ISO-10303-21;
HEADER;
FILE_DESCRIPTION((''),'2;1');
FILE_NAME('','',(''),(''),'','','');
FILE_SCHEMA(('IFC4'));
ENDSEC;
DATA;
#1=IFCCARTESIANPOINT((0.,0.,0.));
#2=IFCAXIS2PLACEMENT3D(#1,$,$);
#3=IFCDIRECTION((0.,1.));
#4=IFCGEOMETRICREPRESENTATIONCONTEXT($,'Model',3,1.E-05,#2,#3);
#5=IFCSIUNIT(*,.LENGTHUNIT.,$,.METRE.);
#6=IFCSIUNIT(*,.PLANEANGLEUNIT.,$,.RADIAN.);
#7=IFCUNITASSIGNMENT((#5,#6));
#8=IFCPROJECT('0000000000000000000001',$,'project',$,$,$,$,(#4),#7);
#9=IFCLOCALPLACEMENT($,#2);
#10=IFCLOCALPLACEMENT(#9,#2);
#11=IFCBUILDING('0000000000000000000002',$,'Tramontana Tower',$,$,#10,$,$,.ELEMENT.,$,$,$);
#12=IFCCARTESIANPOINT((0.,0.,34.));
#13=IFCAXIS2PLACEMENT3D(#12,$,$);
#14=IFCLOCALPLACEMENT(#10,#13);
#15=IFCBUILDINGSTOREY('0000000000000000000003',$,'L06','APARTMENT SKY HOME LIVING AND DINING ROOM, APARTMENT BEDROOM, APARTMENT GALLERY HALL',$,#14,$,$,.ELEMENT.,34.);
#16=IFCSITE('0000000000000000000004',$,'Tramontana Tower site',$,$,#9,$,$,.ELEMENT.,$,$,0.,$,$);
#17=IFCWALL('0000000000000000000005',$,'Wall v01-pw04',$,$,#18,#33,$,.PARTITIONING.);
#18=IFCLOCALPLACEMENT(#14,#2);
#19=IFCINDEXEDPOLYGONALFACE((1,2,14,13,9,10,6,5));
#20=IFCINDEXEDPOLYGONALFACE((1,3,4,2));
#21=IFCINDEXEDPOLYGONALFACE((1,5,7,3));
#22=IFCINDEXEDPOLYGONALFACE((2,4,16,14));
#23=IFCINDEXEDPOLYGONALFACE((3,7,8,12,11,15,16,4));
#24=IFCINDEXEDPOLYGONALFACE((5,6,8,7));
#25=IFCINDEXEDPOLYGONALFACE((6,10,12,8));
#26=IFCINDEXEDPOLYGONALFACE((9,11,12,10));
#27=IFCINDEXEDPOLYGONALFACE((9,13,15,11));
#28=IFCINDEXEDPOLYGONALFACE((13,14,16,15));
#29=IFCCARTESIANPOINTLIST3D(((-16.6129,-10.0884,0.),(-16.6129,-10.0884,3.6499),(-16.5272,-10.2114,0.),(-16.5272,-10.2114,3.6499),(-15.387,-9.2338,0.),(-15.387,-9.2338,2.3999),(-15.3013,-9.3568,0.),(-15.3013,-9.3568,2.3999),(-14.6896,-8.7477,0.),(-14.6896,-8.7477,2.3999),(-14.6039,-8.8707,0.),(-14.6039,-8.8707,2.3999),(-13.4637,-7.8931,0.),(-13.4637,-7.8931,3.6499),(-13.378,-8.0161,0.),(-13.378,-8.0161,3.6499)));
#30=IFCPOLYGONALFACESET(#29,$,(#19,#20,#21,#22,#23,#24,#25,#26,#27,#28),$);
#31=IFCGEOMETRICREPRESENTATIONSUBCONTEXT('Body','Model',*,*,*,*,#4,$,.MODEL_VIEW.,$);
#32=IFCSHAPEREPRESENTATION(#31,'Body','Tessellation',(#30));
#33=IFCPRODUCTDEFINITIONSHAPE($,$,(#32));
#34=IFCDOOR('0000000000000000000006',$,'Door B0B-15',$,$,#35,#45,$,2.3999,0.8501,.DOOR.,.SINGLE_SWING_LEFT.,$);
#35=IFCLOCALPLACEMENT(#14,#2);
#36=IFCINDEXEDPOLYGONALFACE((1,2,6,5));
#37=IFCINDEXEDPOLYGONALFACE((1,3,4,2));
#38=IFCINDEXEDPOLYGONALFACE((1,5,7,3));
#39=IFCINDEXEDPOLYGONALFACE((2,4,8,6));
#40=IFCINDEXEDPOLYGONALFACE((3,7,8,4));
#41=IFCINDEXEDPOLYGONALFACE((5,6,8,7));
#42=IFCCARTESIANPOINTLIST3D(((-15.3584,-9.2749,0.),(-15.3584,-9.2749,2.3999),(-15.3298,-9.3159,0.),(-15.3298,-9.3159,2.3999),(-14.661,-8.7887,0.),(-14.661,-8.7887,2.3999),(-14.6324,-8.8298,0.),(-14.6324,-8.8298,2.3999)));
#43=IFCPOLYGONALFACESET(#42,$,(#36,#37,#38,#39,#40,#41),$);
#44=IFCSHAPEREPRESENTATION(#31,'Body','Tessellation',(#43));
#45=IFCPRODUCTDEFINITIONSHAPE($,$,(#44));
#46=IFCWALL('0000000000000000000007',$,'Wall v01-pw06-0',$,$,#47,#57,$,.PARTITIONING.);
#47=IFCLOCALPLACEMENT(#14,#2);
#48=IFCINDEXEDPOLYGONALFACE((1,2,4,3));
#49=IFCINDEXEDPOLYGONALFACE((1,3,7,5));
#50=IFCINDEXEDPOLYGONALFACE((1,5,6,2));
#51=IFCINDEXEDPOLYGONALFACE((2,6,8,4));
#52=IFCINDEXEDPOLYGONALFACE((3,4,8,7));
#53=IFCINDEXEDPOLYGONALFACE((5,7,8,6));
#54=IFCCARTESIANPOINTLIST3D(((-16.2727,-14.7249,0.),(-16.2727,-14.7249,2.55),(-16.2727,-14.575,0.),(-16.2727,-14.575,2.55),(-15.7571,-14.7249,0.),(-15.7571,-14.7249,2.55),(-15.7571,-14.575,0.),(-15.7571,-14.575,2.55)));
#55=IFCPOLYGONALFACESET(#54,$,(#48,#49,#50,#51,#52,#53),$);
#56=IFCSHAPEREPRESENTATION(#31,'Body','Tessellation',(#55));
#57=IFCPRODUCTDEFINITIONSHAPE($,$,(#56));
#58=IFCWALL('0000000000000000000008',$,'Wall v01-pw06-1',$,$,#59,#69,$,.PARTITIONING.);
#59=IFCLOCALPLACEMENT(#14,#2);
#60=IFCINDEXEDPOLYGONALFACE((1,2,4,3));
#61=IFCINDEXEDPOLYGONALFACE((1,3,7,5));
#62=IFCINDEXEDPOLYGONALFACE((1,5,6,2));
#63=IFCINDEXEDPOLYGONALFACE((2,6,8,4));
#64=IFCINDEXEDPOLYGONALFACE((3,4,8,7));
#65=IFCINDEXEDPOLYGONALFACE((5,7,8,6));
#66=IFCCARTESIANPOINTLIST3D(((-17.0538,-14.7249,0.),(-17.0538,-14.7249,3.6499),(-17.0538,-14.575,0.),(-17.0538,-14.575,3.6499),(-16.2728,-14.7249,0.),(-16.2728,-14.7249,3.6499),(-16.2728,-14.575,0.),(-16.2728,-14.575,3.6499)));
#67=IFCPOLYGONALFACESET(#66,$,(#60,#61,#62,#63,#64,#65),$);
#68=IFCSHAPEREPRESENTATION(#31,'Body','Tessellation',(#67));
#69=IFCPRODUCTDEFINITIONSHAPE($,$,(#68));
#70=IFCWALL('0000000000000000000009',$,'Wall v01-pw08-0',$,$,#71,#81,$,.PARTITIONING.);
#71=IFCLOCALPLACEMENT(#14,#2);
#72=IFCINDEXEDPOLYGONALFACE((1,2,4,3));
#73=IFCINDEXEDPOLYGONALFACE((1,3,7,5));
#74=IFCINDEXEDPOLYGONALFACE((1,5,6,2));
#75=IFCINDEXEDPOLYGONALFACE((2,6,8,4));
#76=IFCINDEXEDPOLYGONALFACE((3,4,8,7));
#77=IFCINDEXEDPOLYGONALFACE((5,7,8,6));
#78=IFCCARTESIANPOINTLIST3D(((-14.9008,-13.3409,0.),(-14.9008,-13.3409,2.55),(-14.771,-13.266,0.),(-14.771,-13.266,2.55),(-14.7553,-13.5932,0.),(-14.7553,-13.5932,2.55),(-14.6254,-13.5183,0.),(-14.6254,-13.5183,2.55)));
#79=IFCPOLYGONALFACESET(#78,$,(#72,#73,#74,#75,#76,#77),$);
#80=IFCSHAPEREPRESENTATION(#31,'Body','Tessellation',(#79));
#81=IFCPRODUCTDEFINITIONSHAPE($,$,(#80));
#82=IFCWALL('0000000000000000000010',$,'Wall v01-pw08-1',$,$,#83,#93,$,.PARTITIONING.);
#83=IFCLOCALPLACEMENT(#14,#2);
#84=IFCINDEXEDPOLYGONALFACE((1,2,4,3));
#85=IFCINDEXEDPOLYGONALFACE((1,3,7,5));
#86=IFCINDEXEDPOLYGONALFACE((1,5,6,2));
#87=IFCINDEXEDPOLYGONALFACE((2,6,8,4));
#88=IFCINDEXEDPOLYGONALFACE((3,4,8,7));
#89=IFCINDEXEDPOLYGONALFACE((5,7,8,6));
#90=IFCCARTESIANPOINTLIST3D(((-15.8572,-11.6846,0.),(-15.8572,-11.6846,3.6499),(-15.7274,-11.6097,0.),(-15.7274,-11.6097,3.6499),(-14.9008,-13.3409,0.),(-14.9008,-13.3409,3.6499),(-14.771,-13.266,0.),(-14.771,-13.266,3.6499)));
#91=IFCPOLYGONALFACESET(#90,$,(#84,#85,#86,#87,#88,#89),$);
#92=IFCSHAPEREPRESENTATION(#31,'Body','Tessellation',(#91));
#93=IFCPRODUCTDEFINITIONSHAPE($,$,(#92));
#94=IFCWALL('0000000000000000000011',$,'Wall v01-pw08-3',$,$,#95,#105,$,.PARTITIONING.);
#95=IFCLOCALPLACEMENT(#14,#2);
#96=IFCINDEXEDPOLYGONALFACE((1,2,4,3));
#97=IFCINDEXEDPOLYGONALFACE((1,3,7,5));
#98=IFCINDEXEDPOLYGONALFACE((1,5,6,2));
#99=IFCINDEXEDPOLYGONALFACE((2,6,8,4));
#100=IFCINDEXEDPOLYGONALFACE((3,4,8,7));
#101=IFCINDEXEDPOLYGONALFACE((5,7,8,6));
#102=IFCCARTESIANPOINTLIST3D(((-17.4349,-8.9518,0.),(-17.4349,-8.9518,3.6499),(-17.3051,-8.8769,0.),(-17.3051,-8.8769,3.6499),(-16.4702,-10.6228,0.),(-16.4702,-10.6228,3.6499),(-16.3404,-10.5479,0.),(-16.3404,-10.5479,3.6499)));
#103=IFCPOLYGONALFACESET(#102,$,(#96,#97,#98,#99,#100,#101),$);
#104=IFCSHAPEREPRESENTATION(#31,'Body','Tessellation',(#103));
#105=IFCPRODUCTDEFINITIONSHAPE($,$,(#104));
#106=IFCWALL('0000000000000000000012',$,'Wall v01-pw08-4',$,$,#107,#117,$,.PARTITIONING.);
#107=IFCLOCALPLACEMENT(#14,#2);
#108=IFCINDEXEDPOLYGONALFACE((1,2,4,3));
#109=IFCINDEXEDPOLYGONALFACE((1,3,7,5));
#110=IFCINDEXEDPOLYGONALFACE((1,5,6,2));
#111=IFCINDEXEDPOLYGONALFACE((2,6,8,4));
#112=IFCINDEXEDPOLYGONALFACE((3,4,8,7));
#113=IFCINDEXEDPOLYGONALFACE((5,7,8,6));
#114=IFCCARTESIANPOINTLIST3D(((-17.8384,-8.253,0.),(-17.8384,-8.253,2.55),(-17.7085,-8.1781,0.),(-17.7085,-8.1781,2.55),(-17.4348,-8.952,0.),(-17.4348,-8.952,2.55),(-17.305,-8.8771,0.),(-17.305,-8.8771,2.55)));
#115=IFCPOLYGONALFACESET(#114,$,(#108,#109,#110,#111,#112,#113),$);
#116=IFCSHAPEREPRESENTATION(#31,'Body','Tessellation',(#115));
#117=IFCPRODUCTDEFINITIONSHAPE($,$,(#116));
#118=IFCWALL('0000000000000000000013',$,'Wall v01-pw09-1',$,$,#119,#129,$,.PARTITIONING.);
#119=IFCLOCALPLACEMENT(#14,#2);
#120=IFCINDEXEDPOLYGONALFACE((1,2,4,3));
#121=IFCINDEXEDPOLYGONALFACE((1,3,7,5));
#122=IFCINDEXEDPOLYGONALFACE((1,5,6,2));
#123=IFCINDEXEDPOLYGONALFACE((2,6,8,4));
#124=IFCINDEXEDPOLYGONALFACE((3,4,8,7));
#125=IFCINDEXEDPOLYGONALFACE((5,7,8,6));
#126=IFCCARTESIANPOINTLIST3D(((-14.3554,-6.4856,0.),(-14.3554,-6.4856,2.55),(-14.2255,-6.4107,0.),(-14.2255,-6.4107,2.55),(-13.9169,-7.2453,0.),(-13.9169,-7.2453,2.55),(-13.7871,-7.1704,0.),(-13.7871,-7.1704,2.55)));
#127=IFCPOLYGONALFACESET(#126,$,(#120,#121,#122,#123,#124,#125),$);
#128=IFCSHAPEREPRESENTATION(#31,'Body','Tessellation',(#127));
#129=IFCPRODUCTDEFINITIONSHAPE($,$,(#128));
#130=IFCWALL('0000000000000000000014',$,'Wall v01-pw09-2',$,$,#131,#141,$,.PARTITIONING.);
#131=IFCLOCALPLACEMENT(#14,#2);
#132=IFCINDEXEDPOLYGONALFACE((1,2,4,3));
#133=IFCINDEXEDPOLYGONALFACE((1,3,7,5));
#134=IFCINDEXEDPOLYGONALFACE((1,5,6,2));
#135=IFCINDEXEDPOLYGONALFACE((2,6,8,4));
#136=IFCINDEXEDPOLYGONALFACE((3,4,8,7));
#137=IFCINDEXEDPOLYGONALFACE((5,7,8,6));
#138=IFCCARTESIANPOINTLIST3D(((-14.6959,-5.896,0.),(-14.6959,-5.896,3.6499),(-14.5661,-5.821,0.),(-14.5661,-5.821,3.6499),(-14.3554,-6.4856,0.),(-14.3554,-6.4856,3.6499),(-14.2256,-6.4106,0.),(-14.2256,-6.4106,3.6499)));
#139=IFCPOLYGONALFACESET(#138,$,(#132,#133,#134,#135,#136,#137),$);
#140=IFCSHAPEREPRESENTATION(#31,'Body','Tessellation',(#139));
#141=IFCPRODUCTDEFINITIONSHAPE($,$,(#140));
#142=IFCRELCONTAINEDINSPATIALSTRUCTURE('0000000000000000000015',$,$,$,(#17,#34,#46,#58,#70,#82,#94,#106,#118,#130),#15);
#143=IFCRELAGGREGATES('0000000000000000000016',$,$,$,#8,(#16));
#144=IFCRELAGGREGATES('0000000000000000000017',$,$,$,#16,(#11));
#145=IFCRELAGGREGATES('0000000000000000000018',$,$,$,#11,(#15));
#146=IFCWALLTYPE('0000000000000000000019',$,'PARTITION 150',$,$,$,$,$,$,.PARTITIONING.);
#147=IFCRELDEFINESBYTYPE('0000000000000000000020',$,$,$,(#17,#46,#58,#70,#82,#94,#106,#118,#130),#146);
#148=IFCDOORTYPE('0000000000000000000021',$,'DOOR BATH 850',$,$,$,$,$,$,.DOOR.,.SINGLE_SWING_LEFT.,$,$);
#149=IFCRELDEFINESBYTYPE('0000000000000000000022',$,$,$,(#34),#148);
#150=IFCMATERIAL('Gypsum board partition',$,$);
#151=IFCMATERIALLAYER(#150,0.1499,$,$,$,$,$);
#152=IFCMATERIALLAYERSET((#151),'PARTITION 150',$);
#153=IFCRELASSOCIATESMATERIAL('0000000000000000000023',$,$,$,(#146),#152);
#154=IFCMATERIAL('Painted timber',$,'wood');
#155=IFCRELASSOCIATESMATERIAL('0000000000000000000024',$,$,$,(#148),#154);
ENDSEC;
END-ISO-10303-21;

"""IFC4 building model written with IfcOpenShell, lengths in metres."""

from ifc_helpers import new_model, si_unit, direction, frame, frame_2d, origin, place, context, subcontext, project, spatial, rectangle, extrude, material, layer, layer_set, type_object, element, fill, save


model = new_model("IFC4")

# Units and contexts
model_context = context("Model", 3, precision=1e-05, world=origin(), true_north=direction((0.0, 1.0)))
body_context = subcontext(model_context, "Body", "Model", "MODEL_VIEW")
ifc_project = project(units=[si_unit("LENGTHUNIT", "METRE"), si_unit("PLANEANGLEUNIT", "RADIAN")], contexts=[model_context])

# Site, building, storey
site_placement = place(None, origin())
site = spatial("IfcSite", under=ifc_project, at=site_placement, Name="Tramontana Tower site", CompositionType="ELEMENT", RefElevation=0.0)
building_placement = place(site_placement, origin())
building = spatial("IfcBuilding", under=site, at=building_placement, Name="Tramontana Tower", CompositionType="ELEMENT")
storey_placement = place(building_placement, frame((0.0, 0.0, 34.0)))
storey = spatial("IfcBuildingStorey", under=building, at=storey_placement, Name="L06", Description="APARTMENT SKY HOME LIVING AND DINING ROOM, APARTMENT BEDROOM, APARTMENT GALLERY HALL", CompositionType="ELEMENT", Elevation=34.0)

# Shared definitions
ifc_material_1 = material(Name="Gypsum board partition")
ifc_layer_1 = layer(ifc_material_1, 0.1499)
ifc_layer_set_1 = layer_set([ifc_layer_1], Name="PARTITION 150")
wall_type_1 = type_object("IfcWallType", Name="PARTITION 150", PredefinedType="PARTITIONING", material=ifc_layer_set_1)

# Wall, opening, door
wall_1_placement = place(storey_placement, frame((-16.5701, -10.1499, 0.0), z_axis=(0.0, 0.0, 1.0), x_axis=(0.820345, 0.571869, 0.0)))
wall_1 = element("IfcWall", 1, at=wall_1_placement, inside=storey, type_object=wall_type_1, Name="Wall v01-pw04", PredefinedType="PARTITIONING", context=body_context, shape_type="SweptSolid", body=[
    extrude(rectangle(XDim=3.8389, YDim=0.1499, at=frame_2d((1.9194, 0.0))), origin(), (0.0, 0.0, 1.0), 3.6499),
])
opening_1_placement = place(wall_1_placement, frame((1.4944, 0.0, 0.0)))
opening_1 = element("IfcOpeningElement", 2, at=opening_1_placement, cuts=wall_1, PredefinedType="OPENING", context=body_context, shape_type="SweptSolid", body=[
    extrude(rectangle(XDim=0.8501, YDim=2.3999, at=frame_2d((0.425, 1.2))), frame((0.0, 0.085, 0.0), z_axis=(0.0, -1.0, 0.0), x_axis=(1.0, 0.0, 0.0)), (0.0, 0.0, 1.0), 0.1699),
])
ifc_material_2 = material(Name="Painted timber", Category="wood")
door_type_1 = type_object("IfcDoorType", Name="DOOR BATH 850", OperationType="SINGLE_SWING_LEFT", PredefinedType="DOOR", material=ifc_material_2)
door_1_placement = place(opening_1_placement, origin())
door_1 = element("IfcDoor", 3, at=door_1_placement, inside=storey, type_object=door_type_1, Name="Door B0B-15", OperationType="SINGLE_SWING_LEFT", OverallHeight=2.3999, OverallWidth=0.8501, PredefinedType="DOOR", context=body_context, shape_type="SweptSolid", body=[
    extrude(rectangle(XDim=0.8501, YDim=2.3999, at=frame_2d((0.425, 1.2))), frame((0.0, 0.0249, 0.0), z_axis=(0.0, -1.0, 0.0), x_axis=(1.0, 0.0, 0.0)), (0.0, 0.0, 1.0), 0.05),
])
fill(opening_1, door_1)

# Walls
wall_2_placement = place(storey_placement, frame((-15.7571, -14.6499, 0.0), z_axis=(0.0, 0.0, 1.0), x_axis=(-1.0, 0.0, 0.0)))
element("IfcWall", 4, at=wall_2_placement, inside=storey, type_object=wall_type_1, Name="Wall v01-pw06-0", PredefinedType="PARTITIONING", context=body_context, shape_type="SweptSolid", body=[
    extrude(rectangle(XDim=0.5156, YDim=0.1499, at=frame_2d((0.2578, 0.0))), origin(), (0.0, 0.0, 1.0), 2.55),
])
wall_3_placement = place(storey_placement, frame((-16.2727, -14.6499, 0.0), z_axis=(0.0, 0.0, 1.0), x_axis=(-1.0, 0.0, 0.0)))
element("IfcWall", 5, at=wall_3_placement, inside=storey, type_object=wall_type_1, Name="Wall v01-pw06-1", PredefinedType="PARTITIONING", context=body_context, shape_type="SweptSolid", body=[
    extrude(rectangle(XDim=0.781, YDim=0.1499, at=frame_2d((0.3906, 0.0))), origin(), (0.0, 0.0, 1.0), 3.6499),
])

# Walls
wall_4_placement = place(storey_placement, frame((-14.6904, -13.5557, 0.0), z_axis=(0.0, 0.0, 1.0), x_axis=(-0.499747, 0.866172, 0.0)))
element("IfcWall", 6, at=wall_4_placement, inside=storey, type_object=wall_type_1, Name="Wall v01-pw08-0", PredefinedType="PARTITIONING", context=body_context, shape_type="SweptSolid", body=[
    extrude(rectangle(XDim=0.2913, YDim=0.1499, at=frame_2d((0.1455, 0.0))), origin(), (0.0, 0.0, 1.0), 2.55),
])
wall_5_placement = place(storey_placement, frame((-14.8359, -13.3035, 0.0), z_axis=(0.0, 0.0, 1.0), x_axis=(-0.500024, 0.866011, 0.0)))
element("IfcWall", 7, at=wall_5_placement, inside=storey, type_object=wall_type_1, Name="Wall v01-pw08-1", PredefinedType="PARTITIONING", context=body_context, shape_type="SweptSolid", body=[
    extrude(rectangle(XDim=1.9126, YDim=0.1499, at=frame_2d((0.9563, 0.0))), origin(), (0.0, 0.0, 1.0), 3.6499),
])

# Walls
wall_6_placement = place(storey_placement, frame((-16.4053, -10.5854, 0.0), z_axis=(0.0, 0.0, 1.0), x_axis=(-0.499963, 0.866047, 0.0)))
element("IfcWall", 8, at=wall_6_placement, inside=storey, type_object=wall_type_1, Name="Wall v01-pw08-3", PredefinedType="PARTITIONING", context=body_context, shape_type="SweptSolid", body=[
    extrude(rectangle(XDim=1.9294, YDim=0.1499, at=frame_2d((0.9648, 0.0))), origin(), (0.0, 0.0, 1.0), 3.6499),
])
wall_7_placement = place(storey_placement, frame((-17.3699, -8.9146, 0.0), z_axis=(0.0, 0.0, 1.0), x_axis=(-0.50001, 0.866019, 0.0)))
element("IfcWall", 9, at=wall_7_placement, inside=storey, type_object=wall_type_1, Name="Wall v01-pw08-4", PredefinedType="PARTITIONING", context=body_context, shape_type="SweptSolid", body=[
    extrude(rectangle(XDim=0.8071, YDim=0.1499, at=frame_2d((0.4036, 0.0))), origin(), (0.0, 0.0, 1.0), 2.55),
])
wall_8_placement = place(storey_placement, frame((-13.8521, -7.2078, 0.0), z_axis=(0.0, 0.0, 1.0), x_axis=(-0.499851, 0.866111, 0.0)))
element("IfcWall", 10, at=wall_8_placement, inside=storey, type_object=wall_type_1, Name="Wall v01-pw09-1", PredefinedType="PARTITIONING", context=body_context, shape_type="SweptSolid", body=[
    extrude(rectangle(XDim=0.8772, YDim=0.1499, at=frame_2d((0.4385, 0.0))), origin(), (0.0, 0.0, 1.0), 2.55),
])
wall_9_placement = place(storey_placement, frame((-14.2905, -6.448, 0.0), z_axis=(0.0, 0.0, 1.0), x_axis=(-0.500188, 0.865917, 0.0)))
element("IfcWall", 11, at=wall_9_placement, inside=storey, type_object=wall_type_1, Name="Wall v01-pw09-2", PredefinedType="PARTITIONING", context=body_context, shape_type="SweptSolid", body=[
    extrude(rectangle(XDim=0.6809, YDim=0.1499, at=frame_2d((0.3403, 0.0))), origin(), (0.0, 0.0, 1.0), 3.6499),
])

save(model, "model.ifc")
